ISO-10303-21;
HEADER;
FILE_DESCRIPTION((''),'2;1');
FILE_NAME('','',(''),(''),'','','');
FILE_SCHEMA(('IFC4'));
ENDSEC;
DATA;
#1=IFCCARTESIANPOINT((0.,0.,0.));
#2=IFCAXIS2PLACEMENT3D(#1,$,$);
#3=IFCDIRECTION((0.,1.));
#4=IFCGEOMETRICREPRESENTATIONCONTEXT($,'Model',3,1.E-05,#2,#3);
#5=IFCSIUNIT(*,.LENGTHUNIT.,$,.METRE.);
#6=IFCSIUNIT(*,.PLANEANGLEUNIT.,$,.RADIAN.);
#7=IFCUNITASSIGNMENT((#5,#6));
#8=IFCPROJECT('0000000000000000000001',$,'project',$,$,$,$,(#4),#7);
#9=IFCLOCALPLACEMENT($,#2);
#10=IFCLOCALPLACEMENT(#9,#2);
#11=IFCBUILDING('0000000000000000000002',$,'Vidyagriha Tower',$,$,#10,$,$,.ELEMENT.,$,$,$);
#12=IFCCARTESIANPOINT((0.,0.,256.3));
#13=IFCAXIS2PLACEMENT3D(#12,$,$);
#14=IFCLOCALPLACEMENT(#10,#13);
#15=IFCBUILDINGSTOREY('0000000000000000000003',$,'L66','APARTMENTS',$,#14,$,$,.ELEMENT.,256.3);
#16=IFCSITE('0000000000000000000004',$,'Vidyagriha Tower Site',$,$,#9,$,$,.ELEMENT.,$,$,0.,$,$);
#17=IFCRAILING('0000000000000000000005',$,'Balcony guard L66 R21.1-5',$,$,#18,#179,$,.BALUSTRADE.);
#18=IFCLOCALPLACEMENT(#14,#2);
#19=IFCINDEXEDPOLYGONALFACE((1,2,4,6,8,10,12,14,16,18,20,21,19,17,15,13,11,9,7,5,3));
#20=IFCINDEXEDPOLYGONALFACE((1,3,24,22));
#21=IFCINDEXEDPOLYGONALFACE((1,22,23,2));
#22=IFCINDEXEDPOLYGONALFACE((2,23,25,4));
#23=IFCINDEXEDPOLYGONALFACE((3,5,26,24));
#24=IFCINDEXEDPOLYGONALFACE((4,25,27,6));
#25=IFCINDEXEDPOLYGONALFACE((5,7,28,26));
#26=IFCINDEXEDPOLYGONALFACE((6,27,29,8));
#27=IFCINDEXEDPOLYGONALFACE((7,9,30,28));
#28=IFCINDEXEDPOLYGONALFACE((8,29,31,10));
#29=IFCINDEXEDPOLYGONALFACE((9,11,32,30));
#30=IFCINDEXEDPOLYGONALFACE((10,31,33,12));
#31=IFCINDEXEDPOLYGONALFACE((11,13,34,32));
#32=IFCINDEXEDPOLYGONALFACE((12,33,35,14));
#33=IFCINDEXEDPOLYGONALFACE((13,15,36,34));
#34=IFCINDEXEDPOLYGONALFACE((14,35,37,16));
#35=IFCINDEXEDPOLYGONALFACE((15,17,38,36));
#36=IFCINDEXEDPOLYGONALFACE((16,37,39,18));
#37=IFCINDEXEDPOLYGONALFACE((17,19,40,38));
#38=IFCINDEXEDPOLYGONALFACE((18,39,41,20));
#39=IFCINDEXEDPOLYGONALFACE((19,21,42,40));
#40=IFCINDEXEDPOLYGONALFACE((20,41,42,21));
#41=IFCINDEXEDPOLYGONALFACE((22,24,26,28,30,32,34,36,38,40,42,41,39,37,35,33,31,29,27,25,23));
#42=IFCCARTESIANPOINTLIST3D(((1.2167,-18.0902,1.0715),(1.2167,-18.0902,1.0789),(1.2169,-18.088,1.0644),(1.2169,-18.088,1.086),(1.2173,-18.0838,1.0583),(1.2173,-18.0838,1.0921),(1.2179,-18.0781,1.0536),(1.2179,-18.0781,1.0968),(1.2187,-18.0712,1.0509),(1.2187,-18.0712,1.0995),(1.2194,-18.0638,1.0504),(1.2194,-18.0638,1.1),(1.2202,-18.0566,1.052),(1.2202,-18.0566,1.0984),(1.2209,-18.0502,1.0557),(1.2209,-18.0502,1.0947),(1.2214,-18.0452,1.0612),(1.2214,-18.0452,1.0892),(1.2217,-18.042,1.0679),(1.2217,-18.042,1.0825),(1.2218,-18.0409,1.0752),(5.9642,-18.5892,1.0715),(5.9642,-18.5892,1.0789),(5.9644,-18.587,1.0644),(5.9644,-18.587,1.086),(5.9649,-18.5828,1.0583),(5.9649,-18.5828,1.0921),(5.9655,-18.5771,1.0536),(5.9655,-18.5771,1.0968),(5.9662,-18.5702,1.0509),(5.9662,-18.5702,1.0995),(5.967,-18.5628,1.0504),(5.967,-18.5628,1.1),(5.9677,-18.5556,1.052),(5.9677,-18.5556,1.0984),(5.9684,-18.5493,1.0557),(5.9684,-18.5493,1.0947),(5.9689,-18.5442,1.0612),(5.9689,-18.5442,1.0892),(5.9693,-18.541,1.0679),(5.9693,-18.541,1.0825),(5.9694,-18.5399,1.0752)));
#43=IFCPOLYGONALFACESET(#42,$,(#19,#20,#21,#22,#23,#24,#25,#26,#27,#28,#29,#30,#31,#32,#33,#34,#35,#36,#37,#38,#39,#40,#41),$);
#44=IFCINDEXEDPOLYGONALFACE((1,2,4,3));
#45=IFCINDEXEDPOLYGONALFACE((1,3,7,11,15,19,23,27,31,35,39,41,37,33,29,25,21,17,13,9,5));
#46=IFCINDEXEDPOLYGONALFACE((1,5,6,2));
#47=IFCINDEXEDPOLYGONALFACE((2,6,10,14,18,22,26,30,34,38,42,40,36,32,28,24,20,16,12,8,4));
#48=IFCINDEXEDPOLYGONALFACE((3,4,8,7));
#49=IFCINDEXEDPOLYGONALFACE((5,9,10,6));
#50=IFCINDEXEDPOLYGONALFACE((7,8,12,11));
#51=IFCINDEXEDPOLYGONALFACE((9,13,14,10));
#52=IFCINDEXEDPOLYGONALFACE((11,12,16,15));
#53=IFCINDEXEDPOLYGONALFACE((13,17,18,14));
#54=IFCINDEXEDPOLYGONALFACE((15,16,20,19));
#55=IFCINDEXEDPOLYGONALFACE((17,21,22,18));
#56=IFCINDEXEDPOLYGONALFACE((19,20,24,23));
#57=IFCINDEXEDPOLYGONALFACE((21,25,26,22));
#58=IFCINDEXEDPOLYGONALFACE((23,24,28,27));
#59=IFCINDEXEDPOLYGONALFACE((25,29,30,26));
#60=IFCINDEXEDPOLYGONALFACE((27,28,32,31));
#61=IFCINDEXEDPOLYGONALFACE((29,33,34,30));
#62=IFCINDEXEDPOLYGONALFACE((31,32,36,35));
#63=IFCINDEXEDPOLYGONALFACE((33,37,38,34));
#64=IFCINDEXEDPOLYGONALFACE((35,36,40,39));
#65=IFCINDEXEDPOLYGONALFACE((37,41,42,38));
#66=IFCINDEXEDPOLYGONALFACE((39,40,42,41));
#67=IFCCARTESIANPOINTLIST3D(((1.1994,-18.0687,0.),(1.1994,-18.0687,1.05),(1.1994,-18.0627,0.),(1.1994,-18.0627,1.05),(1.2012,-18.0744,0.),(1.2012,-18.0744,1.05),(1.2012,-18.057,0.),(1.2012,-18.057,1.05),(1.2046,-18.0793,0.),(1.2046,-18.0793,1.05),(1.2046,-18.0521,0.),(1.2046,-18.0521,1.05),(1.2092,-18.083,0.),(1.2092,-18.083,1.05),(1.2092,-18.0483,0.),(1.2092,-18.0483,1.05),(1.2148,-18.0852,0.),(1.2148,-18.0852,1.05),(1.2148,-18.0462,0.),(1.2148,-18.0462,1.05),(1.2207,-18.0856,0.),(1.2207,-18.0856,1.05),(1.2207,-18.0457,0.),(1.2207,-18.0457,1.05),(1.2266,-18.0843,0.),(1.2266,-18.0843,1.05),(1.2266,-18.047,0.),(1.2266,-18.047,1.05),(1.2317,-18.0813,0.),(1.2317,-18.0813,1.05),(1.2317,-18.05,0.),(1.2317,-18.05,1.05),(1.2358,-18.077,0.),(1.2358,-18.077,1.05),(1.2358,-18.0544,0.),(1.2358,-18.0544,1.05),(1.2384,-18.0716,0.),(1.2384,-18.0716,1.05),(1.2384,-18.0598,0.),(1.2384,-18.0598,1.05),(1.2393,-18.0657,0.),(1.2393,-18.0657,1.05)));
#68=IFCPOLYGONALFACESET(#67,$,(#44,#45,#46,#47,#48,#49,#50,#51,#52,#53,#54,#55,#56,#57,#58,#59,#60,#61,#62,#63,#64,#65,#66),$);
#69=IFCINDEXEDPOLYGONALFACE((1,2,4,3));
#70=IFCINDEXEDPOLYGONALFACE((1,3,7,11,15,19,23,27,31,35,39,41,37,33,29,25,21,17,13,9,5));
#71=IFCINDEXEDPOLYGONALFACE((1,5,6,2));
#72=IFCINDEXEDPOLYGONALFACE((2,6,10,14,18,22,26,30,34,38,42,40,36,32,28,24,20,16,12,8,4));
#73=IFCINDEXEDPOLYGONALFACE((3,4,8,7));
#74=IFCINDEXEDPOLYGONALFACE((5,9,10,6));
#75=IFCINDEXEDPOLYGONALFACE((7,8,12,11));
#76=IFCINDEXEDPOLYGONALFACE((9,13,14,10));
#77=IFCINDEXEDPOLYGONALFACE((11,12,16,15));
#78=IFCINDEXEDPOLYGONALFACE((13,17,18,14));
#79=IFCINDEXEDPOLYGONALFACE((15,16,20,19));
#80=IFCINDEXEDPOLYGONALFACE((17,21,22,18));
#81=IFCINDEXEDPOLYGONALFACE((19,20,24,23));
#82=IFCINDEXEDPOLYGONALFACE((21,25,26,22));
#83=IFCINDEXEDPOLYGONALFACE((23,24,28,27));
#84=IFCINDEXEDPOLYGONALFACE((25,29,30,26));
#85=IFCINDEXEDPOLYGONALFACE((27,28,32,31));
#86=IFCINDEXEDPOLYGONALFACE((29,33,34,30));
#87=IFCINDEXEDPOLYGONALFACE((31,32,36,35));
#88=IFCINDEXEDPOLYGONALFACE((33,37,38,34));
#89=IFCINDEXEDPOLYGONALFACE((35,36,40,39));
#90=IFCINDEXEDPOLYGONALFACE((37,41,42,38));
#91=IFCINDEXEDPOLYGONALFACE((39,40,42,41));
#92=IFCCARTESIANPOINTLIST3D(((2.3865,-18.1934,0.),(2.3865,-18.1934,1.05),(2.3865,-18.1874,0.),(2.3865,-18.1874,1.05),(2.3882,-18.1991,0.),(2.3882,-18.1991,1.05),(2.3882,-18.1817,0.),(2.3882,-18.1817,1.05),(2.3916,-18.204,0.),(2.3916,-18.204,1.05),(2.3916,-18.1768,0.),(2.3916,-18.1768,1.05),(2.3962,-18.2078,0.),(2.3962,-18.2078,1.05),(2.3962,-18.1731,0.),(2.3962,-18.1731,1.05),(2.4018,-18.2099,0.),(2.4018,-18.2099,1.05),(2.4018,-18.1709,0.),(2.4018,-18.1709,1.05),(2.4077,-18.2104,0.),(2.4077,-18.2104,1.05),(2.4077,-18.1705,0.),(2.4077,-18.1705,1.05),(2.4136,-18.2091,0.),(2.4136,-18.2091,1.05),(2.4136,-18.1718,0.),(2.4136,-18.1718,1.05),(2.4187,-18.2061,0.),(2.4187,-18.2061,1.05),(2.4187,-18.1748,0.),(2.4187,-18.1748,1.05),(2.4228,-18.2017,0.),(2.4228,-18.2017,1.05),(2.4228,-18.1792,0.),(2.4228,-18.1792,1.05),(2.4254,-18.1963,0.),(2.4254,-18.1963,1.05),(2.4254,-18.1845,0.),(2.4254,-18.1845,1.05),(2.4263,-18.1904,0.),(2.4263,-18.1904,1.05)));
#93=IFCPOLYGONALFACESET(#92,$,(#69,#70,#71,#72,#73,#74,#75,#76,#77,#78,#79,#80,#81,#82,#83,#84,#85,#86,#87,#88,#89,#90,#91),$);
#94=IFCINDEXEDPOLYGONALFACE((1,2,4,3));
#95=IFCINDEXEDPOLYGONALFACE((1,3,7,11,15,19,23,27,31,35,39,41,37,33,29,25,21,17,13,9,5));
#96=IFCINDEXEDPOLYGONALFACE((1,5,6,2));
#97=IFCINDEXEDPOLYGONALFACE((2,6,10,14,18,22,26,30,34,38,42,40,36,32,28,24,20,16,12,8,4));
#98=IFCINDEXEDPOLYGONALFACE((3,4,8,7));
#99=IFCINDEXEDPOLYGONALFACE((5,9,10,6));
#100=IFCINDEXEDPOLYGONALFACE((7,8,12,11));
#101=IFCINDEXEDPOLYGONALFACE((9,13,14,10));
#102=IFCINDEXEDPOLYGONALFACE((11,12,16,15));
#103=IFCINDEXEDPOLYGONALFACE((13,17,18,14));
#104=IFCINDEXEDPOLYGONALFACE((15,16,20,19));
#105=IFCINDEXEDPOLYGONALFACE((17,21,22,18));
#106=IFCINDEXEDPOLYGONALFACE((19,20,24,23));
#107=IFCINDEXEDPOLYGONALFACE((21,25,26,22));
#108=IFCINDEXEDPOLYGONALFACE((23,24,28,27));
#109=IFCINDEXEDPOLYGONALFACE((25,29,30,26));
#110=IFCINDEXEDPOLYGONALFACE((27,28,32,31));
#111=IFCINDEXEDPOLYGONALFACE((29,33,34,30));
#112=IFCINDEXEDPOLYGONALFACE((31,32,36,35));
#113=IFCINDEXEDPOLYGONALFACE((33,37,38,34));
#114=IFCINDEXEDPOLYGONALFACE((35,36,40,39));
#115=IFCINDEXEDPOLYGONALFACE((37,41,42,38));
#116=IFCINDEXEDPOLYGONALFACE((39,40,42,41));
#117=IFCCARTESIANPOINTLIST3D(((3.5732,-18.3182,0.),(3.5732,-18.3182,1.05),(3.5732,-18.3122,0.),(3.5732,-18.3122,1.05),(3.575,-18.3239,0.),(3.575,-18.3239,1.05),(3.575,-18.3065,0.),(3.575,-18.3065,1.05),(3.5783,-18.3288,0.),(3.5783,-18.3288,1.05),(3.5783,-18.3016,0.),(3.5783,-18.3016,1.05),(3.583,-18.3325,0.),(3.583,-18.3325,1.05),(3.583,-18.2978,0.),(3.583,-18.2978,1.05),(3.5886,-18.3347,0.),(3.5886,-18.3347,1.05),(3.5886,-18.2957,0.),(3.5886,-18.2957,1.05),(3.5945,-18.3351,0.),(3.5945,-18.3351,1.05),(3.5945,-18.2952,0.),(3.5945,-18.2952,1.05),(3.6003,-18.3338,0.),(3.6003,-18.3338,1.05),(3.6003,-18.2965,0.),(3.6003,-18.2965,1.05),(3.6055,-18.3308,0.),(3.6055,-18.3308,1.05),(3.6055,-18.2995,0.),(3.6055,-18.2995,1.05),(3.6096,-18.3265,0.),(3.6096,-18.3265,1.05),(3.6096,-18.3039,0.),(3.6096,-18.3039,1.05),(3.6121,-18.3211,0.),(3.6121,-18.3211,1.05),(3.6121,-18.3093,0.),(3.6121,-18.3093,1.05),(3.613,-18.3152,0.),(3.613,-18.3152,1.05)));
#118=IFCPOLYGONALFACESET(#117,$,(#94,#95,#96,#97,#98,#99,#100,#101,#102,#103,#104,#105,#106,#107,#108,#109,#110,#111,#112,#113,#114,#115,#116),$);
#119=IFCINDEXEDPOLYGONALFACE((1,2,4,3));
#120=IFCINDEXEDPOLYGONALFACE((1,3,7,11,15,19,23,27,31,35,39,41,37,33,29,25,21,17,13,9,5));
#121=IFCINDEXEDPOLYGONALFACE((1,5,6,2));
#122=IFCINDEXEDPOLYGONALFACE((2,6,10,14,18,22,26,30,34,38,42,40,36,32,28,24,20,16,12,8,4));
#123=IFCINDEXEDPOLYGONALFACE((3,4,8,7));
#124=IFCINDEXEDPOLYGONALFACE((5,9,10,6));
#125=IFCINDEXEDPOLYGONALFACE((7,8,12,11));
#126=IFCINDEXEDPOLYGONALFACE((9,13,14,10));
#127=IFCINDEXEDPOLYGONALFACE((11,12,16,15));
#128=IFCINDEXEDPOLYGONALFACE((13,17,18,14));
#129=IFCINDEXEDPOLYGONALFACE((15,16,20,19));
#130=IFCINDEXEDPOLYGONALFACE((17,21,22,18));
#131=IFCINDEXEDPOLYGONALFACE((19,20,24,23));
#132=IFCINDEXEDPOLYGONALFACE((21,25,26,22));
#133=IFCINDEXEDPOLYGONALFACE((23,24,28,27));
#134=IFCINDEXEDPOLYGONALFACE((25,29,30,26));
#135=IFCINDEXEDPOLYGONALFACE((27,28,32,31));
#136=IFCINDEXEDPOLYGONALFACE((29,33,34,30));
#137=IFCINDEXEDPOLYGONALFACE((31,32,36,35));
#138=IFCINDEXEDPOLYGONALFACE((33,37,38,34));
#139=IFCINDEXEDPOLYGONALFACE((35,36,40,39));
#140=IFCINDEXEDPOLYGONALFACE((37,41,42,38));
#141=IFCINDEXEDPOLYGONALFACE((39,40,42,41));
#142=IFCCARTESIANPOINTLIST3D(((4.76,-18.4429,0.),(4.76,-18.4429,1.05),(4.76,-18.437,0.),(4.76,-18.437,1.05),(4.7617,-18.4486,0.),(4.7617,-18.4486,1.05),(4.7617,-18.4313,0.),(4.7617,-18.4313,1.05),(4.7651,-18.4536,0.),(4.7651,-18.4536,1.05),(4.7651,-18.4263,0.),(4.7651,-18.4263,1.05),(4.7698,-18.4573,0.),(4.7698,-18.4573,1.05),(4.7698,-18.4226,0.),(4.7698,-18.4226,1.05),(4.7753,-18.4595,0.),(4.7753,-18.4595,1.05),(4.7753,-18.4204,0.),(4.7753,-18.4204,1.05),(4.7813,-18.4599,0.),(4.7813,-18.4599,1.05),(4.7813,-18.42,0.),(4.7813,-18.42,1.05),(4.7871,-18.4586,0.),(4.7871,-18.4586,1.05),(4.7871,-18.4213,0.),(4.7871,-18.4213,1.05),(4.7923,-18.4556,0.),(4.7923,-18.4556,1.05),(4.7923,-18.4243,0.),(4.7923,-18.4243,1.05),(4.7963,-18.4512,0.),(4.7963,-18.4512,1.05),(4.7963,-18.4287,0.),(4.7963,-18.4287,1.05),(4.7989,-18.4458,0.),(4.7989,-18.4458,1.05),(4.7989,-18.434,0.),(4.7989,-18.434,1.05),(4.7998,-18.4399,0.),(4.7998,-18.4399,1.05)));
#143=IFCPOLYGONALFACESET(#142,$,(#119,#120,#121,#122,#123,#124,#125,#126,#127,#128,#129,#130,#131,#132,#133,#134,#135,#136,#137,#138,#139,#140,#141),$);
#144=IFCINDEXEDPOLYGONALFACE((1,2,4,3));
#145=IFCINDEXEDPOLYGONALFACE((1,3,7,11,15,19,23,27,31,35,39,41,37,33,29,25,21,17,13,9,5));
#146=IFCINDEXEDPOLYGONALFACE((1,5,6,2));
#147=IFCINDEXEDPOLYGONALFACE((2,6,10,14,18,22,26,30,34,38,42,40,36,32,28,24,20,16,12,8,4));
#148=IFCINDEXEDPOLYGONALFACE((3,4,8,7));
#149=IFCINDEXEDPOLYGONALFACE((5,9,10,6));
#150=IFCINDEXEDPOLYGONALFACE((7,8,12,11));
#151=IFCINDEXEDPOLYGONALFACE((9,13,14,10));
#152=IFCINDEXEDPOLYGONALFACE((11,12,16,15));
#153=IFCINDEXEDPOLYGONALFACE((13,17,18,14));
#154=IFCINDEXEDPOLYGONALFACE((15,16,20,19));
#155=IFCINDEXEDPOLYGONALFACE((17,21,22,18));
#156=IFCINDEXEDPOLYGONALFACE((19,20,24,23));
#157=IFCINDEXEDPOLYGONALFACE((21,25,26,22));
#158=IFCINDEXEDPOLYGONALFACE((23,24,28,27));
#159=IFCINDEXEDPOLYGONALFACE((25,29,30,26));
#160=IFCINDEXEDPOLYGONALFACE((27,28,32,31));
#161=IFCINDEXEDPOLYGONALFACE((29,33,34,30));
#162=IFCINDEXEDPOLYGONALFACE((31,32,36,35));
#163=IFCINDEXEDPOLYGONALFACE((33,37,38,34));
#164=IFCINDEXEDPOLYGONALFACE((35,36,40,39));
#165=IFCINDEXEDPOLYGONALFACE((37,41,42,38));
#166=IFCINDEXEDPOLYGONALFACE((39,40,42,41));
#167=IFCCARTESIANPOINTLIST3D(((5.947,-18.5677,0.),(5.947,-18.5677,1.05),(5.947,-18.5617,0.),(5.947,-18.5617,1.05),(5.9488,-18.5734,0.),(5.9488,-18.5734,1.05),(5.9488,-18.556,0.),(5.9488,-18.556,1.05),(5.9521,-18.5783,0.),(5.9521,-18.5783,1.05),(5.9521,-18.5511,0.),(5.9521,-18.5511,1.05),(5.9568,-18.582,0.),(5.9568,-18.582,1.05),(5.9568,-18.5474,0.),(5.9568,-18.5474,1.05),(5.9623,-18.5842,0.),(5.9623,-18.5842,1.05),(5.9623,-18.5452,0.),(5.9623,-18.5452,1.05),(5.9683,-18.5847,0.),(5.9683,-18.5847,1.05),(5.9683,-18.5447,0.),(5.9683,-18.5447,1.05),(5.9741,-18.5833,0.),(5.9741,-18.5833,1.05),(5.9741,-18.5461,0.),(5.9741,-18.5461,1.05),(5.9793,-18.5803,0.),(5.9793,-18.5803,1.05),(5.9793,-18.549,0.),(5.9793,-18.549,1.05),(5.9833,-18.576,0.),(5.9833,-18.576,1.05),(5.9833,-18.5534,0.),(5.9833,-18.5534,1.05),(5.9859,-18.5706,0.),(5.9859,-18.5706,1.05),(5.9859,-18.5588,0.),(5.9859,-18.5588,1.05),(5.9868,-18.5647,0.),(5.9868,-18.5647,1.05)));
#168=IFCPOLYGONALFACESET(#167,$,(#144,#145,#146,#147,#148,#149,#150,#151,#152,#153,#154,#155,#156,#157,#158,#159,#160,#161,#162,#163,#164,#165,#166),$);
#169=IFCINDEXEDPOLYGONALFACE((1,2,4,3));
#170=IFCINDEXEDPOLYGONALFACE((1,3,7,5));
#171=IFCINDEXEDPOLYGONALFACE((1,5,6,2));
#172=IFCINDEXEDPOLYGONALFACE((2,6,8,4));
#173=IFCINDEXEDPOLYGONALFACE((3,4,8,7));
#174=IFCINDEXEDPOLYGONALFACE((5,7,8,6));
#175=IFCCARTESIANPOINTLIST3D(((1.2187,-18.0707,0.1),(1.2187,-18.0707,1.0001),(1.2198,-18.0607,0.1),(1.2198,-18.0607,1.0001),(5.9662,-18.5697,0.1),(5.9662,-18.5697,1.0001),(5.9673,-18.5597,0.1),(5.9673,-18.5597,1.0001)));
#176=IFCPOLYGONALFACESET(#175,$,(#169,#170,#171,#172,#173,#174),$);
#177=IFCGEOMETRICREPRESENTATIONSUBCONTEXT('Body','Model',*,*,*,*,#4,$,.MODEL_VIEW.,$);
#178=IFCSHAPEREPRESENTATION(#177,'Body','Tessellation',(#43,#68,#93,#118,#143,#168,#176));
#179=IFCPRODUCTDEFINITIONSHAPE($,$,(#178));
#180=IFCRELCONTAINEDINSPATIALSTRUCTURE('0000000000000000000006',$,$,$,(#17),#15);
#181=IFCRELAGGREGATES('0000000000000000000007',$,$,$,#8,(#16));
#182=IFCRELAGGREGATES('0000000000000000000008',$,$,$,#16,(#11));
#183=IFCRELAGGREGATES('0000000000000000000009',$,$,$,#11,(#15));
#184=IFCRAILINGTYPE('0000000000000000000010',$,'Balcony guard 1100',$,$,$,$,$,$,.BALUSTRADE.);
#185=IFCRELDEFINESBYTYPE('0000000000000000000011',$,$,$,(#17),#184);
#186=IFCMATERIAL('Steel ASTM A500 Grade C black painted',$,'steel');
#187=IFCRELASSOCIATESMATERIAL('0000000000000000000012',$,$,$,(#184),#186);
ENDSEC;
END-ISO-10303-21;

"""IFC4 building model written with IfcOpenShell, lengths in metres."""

from ifc_helpers import new_model, si_unit, direction, frame, origin, origin_2d, place, context, subcontext, project, spatial, rectangle, circle, extrude, material, type_object, element, save


model = new_model("IFC4")

# Units and contexts
model_context = context("Model", 3, precision=1e-05, world=origin(), true_north=direction((0.0, 1.0)))
body_context = subcontext(model_context, "Body", "Model", "MODEL_VIEW")
ifc_project = project(units=[si_unit("LENGTHUNIT", "METRE"), si_unit("PLANEANGLEUNIT", "RADIAN")], contexts=[model_context])

# Site, building, storey
site_placement = place(None, origin())
site = spatial("IfcSite", under=ifc_project, at=site_placement, Name="Vidyagriha Tower Site", CompositionType="ELEMENT", RefElevation=0.0)
building_placement = place(site_placement, origin())
building = spatial("IfcBuilding", under=site, at=building_placement, Name="Vidyagriha Tower", CompositionType="ELEMENT")
storey_placement = place(building_placement, frame((0.0, 0.0, 256.3)))
storey = spatial("IfcBuildingStorey", under=building, at=storey_placement, Name="L66", Description="APARTMENTS", CompositionType="ELEMENT", Elevation=256.3)

# Railing
ifc_material_1 = material(Name="Steel ASTM A500 Grade C black painted", Category="steel")
railing_type = type_object("IfcRailingType", Name="Balcony guard 1100", PredefinedType="BALUSTRADE", material=ifc_material_1)
railing_1_placement = place(storey_placement, frame((1.2192, -18.0657, 0.0)))
element("IfcRailing", 1, at=railing_1_placement, inside=storey, type_object=railing_type, Name="Balcony guard L66 R21.1-5", PredefinedType="BALUSTRADE", context=body_context, shape_type="SweptSolid", body=[
    extrude(circle(Radius=0.0249, at=origin_2d()), frame((0.0, 0.0, 1.0752), z_axis=(0.994521, -0.104536, 0.0), x_axis=(0.104536, 0.994521, 0.0)), (0.0, 0.0, 1.0), 4.7737),
    extrude(circle(Radius=0.02, at=origin_2d()), origin(), (0.0, 0.0, 1.0), 1.05),
    extrude(circle(Radius=0.02, at=origin_2d()), frame((1.187, -0.1248, 0.0)), (0.0, 0.0, 1.0), 1.05),
    extrude(circle(Radius=0.02, at=origin_2d()), frame((2.3738, -0.2495, 0.0)), (0.0, 0.0, 1.0), 1.05),
    extrude(circle(Radius=0.02, at=origin_2d()), frame((3.5605, -0.3743, 0.0)), (0.0, 0.0, 1.0), 1.05),
    extrude(circle(Radius=0.02, at=origin_2d()), frame((4.7476, -0.499, 0.0)), (0.0, 0.0, 1.0), 1.05),
    extrude(rectangle(XDim=0.01, YDim=0.9001, at=origin_2d()), frame((0.0, 0.0, 0.55), z_axis=(0.994521, -0.104536, 0.0), x_axis=(0.104536, 0.994521, 0.0)), (0.0, 0.0, 1.0), 4.7737),
])

save(model, "model.ifc")
